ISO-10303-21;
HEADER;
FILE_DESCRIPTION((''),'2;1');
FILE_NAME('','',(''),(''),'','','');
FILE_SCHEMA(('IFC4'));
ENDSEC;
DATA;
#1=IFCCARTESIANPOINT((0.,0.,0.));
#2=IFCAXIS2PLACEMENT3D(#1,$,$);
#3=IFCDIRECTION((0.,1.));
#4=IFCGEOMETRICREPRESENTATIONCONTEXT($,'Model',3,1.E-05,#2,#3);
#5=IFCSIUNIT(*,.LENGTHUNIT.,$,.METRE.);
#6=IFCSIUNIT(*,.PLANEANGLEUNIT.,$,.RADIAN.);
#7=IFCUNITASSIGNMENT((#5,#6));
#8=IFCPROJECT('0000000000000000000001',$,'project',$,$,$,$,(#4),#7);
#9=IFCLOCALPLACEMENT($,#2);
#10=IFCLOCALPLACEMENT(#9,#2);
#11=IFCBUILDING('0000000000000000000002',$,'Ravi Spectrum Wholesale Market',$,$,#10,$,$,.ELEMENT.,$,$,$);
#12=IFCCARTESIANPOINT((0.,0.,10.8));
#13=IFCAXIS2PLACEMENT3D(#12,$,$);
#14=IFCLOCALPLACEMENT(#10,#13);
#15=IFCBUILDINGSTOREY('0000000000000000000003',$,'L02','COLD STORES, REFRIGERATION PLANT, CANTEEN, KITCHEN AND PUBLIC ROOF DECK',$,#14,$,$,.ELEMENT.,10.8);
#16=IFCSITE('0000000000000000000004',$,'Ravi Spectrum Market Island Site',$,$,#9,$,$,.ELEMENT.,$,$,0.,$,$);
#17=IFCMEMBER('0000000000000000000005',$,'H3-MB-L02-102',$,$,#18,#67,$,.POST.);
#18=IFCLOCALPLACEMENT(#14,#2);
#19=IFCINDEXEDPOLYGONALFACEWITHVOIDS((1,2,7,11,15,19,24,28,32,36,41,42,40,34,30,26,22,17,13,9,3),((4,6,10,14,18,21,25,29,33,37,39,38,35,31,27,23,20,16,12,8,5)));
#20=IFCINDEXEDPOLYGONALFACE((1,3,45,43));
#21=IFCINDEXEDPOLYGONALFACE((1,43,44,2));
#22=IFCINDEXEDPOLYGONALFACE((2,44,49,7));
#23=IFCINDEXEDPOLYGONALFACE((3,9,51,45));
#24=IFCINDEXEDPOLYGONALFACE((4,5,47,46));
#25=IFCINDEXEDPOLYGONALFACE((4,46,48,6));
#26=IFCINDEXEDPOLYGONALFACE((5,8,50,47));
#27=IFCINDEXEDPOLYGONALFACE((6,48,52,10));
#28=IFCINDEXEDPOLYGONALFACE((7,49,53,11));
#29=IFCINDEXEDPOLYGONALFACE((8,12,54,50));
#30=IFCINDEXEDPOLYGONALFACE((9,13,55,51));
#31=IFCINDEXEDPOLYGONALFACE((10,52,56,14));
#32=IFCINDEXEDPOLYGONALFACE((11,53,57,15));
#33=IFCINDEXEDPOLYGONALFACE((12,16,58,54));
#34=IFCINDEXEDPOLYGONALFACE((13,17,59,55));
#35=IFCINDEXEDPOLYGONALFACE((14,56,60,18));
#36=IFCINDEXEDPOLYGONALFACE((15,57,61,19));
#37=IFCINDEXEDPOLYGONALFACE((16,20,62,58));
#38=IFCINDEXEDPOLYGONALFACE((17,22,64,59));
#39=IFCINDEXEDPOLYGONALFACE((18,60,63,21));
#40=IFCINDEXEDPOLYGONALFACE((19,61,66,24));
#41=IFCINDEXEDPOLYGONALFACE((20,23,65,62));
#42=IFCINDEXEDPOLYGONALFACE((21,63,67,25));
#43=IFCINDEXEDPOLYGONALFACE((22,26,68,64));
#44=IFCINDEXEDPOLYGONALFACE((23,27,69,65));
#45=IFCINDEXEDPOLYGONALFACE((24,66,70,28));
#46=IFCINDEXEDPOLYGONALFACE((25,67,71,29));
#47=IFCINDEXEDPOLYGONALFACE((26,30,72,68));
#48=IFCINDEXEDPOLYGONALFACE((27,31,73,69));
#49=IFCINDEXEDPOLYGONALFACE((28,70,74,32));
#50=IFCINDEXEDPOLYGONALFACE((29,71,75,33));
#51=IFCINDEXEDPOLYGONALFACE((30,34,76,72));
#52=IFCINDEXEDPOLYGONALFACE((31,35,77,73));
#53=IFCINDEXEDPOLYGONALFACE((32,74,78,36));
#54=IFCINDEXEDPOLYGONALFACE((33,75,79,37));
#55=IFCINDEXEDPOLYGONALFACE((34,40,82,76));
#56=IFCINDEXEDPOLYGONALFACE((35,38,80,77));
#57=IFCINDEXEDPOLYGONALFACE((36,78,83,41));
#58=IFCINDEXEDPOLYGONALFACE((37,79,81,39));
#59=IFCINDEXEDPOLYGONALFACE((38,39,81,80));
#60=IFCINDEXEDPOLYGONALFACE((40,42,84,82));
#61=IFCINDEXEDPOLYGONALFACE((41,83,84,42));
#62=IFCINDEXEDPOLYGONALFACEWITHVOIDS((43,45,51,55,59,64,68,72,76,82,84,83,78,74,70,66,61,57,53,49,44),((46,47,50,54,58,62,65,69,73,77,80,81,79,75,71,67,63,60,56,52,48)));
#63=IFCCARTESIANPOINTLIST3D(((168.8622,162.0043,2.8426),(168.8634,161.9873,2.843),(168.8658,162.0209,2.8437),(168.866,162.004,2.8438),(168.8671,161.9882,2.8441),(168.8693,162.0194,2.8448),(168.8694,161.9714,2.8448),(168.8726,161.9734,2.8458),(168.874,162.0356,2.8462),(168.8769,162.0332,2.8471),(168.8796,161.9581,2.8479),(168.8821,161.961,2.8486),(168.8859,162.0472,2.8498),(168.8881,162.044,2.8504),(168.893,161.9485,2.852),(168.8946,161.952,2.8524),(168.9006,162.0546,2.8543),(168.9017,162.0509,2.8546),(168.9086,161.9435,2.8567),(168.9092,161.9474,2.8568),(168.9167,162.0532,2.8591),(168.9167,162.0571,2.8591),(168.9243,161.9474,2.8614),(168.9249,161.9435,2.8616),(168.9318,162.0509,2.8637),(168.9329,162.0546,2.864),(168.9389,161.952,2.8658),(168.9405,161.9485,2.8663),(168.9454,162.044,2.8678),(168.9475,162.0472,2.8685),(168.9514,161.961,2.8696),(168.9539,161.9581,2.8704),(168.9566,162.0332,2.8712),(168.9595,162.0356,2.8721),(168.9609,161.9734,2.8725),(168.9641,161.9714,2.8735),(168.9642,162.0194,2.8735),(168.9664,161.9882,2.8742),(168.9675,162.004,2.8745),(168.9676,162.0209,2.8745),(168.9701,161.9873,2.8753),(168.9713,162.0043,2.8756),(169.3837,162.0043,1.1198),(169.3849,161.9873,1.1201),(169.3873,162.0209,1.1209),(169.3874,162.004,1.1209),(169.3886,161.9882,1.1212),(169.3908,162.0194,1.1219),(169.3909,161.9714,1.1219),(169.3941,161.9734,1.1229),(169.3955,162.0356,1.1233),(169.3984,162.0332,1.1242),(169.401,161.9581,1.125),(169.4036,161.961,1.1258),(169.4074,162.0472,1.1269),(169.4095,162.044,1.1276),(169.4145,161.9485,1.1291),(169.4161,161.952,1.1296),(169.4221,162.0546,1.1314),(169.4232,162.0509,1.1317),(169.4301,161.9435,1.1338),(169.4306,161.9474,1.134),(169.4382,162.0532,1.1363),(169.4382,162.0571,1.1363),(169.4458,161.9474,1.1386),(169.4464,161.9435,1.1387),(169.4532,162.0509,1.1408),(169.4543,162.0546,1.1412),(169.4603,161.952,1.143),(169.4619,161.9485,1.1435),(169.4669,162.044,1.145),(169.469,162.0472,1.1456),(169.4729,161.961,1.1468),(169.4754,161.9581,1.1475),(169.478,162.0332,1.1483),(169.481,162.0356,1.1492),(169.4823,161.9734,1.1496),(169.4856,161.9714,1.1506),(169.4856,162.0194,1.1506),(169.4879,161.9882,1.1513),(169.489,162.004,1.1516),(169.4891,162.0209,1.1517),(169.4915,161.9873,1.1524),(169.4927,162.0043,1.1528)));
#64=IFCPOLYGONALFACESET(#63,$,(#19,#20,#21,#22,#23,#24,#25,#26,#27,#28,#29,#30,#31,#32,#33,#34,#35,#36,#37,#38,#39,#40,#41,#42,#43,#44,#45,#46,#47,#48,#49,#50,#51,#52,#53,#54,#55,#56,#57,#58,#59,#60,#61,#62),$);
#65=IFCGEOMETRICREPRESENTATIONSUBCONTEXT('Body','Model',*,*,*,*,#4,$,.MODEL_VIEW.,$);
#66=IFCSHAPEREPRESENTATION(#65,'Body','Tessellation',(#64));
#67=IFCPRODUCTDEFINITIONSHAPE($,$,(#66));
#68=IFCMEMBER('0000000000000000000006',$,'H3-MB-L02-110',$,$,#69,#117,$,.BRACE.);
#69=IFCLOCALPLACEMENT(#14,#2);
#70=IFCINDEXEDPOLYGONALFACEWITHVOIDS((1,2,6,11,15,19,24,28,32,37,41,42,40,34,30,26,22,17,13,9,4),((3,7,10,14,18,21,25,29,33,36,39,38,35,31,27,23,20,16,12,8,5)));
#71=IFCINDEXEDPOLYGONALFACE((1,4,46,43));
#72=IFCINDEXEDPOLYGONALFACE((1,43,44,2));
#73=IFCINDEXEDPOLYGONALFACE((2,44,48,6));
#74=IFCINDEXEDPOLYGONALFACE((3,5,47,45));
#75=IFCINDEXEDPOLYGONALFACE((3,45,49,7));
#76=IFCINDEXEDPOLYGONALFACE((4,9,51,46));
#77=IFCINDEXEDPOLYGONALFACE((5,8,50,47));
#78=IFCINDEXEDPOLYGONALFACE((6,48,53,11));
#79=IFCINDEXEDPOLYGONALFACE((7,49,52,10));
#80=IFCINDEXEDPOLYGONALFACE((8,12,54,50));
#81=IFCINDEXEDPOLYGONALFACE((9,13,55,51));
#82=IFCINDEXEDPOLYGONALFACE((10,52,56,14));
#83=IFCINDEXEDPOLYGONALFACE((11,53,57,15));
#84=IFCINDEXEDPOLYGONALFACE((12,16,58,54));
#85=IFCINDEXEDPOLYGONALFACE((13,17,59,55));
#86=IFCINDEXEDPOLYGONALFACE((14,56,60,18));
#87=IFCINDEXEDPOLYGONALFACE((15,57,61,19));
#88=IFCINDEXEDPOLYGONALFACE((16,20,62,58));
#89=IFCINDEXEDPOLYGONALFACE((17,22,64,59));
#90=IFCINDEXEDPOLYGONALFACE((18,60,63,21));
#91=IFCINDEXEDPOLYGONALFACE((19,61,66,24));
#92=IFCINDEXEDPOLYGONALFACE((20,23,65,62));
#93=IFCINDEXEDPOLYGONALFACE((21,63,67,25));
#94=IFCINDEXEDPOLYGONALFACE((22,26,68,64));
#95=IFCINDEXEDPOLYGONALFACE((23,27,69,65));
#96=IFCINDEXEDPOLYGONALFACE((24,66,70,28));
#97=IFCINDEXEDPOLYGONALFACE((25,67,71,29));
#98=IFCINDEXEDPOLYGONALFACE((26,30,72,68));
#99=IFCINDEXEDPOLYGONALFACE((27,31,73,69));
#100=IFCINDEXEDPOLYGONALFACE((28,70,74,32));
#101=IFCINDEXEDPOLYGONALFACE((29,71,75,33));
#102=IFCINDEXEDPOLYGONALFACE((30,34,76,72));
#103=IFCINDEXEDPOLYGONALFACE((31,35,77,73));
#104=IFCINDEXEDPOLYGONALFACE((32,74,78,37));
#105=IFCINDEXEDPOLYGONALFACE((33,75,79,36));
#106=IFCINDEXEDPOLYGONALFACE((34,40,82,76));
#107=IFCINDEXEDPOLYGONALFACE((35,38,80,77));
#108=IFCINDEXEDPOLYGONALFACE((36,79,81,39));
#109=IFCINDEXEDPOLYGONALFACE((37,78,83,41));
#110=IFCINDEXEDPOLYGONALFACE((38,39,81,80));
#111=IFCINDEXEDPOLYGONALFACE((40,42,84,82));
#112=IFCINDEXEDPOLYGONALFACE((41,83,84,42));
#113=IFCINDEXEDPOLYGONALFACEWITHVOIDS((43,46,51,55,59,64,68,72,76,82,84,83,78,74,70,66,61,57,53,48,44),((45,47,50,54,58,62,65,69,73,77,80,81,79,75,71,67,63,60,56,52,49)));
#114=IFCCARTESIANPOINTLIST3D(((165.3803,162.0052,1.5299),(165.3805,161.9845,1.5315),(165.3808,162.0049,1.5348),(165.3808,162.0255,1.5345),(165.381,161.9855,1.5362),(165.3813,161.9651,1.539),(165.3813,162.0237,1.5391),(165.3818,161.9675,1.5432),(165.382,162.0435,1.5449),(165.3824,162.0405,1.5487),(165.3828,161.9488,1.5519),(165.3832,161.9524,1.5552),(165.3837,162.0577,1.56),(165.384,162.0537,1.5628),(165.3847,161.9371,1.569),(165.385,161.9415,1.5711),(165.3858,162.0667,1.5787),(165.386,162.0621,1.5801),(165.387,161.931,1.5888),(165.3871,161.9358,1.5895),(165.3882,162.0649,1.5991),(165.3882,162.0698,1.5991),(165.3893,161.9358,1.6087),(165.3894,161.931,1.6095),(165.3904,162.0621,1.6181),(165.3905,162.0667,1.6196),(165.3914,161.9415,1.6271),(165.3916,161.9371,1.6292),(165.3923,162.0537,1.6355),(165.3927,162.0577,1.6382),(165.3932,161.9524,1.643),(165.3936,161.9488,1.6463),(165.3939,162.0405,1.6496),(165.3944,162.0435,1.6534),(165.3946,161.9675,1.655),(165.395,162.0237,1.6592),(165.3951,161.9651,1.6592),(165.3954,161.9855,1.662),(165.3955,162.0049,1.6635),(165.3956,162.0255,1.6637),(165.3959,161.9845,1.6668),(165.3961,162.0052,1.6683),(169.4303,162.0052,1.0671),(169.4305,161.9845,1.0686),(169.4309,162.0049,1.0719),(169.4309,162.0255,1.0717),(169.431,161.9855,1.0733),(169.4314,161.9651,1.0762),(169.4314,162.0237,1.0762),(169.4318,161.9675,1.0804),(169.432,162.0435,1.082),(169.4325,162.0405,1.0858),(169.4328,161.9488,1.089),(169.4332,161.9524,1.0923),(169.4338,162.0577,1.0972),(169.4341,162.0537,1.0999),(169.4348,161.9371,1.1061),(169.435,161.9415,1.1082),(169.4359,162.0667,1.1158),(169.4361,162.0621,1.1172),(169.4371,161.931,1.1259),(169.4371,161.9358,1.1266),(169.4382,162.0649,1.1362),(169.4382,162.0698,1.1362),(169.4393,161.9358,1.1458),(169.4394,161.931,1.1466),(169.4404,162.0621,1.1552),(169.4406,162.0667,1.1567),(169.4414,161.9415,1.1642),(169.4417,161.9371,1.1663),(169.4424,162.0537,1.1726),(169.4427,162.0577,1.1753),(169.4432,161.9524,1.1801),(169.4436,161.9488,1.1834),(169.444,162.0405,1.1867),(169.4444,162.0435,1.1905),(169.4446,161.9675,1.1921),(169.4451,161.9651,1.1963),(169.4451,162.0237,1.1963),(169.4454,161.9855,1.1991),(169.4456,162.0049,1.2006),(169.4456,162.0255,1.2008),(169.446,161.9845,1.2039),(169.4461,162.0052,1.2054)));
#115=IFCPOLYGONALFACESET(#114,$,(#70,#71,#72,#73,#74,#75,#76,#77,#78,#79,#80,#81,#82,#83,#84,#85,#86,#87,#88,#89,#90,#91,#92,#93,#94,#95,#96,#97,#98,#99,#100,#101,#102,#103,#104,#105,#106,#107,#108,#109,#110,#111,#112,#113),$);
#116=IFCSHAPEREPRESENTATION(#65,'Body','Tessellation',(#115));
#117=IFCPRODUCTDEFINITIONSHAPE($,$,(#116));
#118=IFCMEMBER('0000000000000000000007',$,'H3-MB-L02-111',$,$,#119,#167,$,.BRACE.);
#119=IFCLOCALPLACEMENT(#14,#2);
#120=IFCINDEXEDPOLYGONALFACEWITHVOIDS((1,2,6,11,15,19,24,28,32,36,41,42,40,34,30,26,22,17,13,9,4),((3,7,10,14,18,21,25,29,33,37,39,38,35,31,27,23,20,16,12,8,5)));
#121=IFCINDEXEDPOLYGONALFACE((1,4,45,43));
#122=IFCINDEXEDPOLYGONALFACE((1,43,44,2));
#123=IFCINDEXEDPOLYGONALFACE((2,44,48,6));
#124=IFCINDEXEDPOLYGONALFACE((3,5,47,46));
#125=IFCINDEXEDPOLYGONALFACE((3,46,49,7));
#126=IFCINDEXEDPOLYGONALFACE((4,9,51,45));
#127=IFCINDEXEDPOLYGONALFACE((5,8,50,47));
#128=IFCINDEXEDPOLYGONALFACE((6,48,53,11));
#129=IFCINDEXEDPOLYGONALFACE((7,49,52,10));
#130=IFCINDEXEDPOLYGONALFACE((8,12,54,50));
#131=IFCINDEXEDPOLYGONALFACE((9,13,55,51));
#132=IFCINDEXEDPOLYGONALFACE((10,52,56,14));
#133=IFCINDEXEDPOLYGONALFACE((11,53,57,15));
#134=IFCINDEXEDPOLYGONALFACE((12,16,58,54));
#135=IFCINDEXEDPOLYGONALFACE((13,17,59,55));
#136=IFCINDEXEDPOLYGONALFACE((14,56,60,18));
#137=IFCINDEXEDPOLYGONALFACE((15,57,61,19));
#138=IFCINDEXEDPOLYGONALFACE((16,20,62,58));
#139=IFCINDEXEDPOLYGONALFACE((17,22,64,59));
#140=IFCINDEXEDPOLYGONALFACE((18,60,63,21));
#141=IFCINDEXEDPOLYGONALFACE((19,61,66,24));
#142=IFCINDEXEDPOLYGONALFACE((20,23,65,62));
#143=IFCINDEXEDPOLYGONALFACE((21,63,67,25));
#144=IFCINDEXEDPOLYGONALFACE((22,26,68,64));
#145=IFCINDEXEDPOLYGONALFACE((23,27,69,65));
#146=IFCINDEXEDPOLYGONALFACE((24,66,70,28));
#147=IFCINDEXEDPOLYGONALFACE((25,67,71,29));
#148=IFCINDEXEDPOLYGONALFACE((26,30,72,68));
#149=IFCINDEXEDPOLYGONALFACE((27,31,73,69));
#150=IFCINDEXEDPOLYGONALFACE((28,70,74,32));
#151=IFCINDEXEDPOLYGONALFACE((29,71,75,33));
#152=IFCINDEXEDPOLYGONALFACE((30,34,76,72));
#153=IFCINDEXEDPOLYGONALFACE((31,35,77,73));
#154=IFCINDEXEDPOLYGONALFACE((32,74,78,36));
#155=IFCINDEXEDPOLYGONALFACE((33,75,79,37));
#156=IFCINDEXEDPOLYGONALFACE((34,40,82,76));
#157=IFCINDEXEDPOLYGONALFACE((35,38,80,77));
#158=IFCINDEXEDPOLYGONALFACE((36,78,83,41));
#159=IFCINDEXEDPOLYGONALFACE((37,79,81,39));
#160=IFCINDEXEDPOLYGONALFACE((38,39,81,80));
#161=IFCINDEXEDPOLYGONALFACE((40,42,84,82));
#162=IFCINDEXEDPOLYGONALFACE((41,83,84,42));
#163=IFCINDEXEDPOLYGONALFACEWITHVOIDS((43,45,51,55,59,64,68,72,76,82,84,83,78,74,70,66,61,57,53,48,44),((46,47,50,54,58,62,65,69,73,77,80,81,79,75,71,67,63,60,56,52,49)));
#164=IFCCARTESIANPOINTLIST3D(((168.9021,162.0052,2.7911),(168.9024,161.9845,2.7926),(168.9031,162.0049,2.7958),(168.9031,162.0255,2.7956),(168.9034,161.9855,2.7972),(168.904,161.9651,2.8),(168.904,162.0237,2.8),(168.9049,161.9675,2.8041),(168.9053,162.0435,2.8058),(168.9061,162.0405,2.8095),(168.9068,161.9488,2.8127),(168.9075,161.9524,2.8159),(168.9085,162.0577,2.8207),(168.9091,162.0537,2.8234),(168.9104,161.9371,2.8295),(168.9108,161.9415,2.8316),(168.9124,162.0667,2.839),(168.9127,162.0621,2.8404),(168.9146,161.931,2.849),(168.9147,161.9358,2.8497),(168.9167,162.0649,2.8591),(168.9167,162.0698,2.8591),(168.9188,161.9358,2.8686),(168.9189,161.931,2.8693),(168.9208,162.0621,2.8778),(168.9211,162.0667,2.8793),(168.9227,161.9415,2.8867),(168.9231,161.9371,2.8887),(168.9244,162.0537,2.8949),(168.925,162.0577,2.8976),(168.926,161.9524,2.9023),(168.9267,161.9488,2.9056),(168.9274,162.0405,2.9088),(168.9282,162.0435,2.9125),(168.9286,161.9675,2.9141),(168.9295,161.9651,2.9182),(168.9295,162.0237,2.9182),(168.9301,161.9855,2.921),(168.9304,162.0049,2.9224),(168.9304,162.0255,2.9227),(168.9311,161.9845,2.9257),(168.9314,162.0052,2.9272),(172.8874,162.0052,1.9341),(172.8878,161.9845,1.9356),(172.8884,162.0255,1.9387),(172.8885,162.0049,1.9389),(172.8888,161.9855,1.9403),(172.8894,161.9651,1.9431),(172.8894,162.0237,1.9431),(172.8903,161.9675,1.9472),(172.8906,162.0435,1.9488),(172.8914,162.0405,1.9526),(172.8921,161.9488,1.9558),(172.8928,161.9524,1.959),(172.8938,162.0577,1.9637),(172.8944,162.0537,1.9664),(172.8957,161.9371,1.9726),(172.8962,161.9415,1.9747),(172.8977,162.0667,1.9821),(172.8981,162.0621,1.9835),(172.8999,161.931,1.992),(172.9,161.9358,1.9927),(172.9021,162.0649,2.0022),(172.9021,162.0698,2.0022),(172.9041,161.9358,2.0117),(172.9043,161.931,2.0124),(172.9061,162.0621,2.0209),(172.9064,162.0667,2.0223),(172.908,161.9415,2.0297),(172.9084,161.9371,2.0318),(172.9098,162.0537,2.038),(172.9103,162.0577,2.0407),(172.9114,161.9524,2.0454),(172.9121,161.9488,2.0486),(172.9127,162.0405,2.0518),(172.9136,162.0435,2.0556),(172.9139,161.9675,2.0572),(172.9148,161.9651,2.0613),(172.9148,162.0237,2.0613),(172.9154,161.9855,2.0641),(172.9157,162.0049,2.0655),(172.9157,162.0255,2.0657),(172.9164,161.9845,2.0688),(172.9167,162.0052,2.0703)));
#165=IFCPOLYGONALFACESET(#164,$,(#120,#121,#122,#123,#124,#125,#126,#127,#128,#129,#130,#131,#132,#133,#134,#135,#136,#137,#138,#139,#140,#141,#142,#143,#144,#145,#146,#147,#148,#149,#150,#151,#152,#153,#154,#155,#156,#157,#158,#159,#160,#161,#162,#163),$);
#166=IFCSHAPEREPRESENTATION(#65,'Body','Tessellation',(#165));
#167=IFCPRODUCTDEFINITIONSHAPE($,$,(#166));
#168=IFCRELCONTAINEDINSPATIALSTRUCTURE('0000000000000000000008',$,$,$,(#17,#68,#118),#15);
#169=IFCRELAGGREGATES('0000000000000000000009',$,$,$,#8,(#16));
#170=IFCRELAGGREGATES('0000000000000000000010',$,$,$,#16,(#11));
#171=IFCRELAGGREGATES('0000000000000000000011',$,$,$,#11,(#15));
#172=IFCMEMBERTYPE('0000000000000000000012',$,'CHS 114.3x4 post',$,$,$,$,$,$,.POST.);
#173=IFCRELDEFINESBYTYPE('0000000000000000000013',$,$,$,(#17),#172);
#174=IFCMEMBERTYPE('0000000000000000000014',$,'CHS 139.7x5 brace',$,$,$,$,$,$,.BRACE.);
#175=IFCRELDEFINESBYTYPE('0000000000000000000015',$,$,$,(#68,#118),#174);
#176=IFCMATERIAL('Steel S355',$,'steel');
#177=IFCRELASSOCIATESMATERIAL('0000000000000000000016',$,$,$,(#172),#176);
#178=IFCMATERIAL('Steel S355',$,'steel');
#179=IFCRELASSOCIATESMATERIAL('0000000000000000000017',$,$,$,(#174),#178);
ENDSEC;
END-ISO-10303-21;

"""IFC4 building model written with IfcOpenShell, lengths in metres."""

from ifc_helpers import new_model, si_unit, direction, frame, origin, origin_2d, place, context, subcontext, project, spatial, hollow_circle, extrude, material, material_profile, profile_set, type_object, element, save


model = new_model("IFC4")

# Units and contexts
model_context = context("Model", 3, precision=1e-05, world=origin(), true_north=direction((0.0, 1.0)))
body_context = subcontext(model_context, "Body", "Model", "MODEL_VIEW")
ifc_project = project(units=[si_unit("LENGTHUNIT", "METRE"), si_unit("PLANEANGLEUNIT", "RADIAN")], contexts=[model_context])

# Site, building, storey
site_placement = place(None, origin())
site = spatial("IfcSite", under=ifc_project, at=site_placement, Name="Ravi Spectrum Market Island Site", CompositionType="ELEMENT", RefElevation=0.0)
building_placement = place(site_placement, origin())
building = spatial("IfcBuilding", under=site, at=building_placement, Name="Ravi Spectrum Wholesale Market", CompositionType="ELEMENT")
storey_placement = place(building_placement, frame((0.0, 0.0, 10.8)))
storey = spatial("IfcBuildingStorey", under=building, at=storey_placement, Name="L02", Description="COLD STORES, REFRIGERATION PLANT, CANTEEN, KITCHEN AND PUBLIC ROOF DECK", CompositionType="ELEMENT", Elevation=10.8)

# Members
ifc_material_1 = material(Name="Steel S355", Category="steel")
ifc_material_profile_1 = material_profile(ifc_material_1, hollow_circle(Radius=0.0571, WallThickness=0.0039, at=origin_2d()))
ifc_profile_set_1 = profile_set([ifc_material_profile_1], Name="Steel S355")
member_type_1 = type_object("IfcMemberType", Name="CHS 114.3x4 post", PredefinedType="POST", material=ifc_profile_set_1)
member_1_placement = place(storey_placement, frame((168.9167, 162.0, 2.8591), z_axis=(0.289699, 0.0, -0.957118), x_axis=(0.0, 1.0, 0.0)))
element("IfcMember", 1, at=member_1_placement, inside=storey, type_object=member_type_1, Name="H3-MB-L02-102", PredefinedType="POST", context=body_context, shape_type="SweptSolid", body=[
    extrude(hollow_circle(Radius=0.0571, WallThickness=0.0039, at=origin_2d()), origin(), (0.0, 0.0, 1.0), 1.8),
])
ifc_material_2 = material(Name="Steel S355", Category="steel")
ifc_material_profile_2 = material_profile(ifc_material_2, hollow_circle(Radius=0.0698, WallThickness=0.0049, at=origin_2d()))
ifc_profile_set_2 = profile_set([ifc_material_profile_2], Name="Steel S355")
member_type_2 = type_object("IfcMemberType", Name="CHS 139.7x5 brace", PredefinedType="BRACE", material=ifc_profile_set_2)
for number, where, z_axis, x_axis, name in (
    (2, (165.3882, 162.0, 1.5991), (0.993532, 0.0, -0.113553), (0.0, 1.0, 0.0), "H3-MB-L02-110"),
    (3, (168.9167, 162.0, 2.8591), (0.977655, 0.0, -0.210216), (0.0, 1.0, 0.0), "H3-MB-L02-111"),
):
    element("IfcMember", number, at=place(storey_placement, frame(where, z_axis=z_axis, x_axis=x_axis)), inside=storey, type_object=member_type_2, Name=name, PredefinedType="BRACE", context=body_context, shape_type="SweptSolid", body=[
        extrude(hollow_circle(Radius=0.0698, WallThickness=0.0049, at=origin_2d()), origin(), (0.0, 0.0, 1.0), 4.0764),
    ])

save(model, "model.ifc")
